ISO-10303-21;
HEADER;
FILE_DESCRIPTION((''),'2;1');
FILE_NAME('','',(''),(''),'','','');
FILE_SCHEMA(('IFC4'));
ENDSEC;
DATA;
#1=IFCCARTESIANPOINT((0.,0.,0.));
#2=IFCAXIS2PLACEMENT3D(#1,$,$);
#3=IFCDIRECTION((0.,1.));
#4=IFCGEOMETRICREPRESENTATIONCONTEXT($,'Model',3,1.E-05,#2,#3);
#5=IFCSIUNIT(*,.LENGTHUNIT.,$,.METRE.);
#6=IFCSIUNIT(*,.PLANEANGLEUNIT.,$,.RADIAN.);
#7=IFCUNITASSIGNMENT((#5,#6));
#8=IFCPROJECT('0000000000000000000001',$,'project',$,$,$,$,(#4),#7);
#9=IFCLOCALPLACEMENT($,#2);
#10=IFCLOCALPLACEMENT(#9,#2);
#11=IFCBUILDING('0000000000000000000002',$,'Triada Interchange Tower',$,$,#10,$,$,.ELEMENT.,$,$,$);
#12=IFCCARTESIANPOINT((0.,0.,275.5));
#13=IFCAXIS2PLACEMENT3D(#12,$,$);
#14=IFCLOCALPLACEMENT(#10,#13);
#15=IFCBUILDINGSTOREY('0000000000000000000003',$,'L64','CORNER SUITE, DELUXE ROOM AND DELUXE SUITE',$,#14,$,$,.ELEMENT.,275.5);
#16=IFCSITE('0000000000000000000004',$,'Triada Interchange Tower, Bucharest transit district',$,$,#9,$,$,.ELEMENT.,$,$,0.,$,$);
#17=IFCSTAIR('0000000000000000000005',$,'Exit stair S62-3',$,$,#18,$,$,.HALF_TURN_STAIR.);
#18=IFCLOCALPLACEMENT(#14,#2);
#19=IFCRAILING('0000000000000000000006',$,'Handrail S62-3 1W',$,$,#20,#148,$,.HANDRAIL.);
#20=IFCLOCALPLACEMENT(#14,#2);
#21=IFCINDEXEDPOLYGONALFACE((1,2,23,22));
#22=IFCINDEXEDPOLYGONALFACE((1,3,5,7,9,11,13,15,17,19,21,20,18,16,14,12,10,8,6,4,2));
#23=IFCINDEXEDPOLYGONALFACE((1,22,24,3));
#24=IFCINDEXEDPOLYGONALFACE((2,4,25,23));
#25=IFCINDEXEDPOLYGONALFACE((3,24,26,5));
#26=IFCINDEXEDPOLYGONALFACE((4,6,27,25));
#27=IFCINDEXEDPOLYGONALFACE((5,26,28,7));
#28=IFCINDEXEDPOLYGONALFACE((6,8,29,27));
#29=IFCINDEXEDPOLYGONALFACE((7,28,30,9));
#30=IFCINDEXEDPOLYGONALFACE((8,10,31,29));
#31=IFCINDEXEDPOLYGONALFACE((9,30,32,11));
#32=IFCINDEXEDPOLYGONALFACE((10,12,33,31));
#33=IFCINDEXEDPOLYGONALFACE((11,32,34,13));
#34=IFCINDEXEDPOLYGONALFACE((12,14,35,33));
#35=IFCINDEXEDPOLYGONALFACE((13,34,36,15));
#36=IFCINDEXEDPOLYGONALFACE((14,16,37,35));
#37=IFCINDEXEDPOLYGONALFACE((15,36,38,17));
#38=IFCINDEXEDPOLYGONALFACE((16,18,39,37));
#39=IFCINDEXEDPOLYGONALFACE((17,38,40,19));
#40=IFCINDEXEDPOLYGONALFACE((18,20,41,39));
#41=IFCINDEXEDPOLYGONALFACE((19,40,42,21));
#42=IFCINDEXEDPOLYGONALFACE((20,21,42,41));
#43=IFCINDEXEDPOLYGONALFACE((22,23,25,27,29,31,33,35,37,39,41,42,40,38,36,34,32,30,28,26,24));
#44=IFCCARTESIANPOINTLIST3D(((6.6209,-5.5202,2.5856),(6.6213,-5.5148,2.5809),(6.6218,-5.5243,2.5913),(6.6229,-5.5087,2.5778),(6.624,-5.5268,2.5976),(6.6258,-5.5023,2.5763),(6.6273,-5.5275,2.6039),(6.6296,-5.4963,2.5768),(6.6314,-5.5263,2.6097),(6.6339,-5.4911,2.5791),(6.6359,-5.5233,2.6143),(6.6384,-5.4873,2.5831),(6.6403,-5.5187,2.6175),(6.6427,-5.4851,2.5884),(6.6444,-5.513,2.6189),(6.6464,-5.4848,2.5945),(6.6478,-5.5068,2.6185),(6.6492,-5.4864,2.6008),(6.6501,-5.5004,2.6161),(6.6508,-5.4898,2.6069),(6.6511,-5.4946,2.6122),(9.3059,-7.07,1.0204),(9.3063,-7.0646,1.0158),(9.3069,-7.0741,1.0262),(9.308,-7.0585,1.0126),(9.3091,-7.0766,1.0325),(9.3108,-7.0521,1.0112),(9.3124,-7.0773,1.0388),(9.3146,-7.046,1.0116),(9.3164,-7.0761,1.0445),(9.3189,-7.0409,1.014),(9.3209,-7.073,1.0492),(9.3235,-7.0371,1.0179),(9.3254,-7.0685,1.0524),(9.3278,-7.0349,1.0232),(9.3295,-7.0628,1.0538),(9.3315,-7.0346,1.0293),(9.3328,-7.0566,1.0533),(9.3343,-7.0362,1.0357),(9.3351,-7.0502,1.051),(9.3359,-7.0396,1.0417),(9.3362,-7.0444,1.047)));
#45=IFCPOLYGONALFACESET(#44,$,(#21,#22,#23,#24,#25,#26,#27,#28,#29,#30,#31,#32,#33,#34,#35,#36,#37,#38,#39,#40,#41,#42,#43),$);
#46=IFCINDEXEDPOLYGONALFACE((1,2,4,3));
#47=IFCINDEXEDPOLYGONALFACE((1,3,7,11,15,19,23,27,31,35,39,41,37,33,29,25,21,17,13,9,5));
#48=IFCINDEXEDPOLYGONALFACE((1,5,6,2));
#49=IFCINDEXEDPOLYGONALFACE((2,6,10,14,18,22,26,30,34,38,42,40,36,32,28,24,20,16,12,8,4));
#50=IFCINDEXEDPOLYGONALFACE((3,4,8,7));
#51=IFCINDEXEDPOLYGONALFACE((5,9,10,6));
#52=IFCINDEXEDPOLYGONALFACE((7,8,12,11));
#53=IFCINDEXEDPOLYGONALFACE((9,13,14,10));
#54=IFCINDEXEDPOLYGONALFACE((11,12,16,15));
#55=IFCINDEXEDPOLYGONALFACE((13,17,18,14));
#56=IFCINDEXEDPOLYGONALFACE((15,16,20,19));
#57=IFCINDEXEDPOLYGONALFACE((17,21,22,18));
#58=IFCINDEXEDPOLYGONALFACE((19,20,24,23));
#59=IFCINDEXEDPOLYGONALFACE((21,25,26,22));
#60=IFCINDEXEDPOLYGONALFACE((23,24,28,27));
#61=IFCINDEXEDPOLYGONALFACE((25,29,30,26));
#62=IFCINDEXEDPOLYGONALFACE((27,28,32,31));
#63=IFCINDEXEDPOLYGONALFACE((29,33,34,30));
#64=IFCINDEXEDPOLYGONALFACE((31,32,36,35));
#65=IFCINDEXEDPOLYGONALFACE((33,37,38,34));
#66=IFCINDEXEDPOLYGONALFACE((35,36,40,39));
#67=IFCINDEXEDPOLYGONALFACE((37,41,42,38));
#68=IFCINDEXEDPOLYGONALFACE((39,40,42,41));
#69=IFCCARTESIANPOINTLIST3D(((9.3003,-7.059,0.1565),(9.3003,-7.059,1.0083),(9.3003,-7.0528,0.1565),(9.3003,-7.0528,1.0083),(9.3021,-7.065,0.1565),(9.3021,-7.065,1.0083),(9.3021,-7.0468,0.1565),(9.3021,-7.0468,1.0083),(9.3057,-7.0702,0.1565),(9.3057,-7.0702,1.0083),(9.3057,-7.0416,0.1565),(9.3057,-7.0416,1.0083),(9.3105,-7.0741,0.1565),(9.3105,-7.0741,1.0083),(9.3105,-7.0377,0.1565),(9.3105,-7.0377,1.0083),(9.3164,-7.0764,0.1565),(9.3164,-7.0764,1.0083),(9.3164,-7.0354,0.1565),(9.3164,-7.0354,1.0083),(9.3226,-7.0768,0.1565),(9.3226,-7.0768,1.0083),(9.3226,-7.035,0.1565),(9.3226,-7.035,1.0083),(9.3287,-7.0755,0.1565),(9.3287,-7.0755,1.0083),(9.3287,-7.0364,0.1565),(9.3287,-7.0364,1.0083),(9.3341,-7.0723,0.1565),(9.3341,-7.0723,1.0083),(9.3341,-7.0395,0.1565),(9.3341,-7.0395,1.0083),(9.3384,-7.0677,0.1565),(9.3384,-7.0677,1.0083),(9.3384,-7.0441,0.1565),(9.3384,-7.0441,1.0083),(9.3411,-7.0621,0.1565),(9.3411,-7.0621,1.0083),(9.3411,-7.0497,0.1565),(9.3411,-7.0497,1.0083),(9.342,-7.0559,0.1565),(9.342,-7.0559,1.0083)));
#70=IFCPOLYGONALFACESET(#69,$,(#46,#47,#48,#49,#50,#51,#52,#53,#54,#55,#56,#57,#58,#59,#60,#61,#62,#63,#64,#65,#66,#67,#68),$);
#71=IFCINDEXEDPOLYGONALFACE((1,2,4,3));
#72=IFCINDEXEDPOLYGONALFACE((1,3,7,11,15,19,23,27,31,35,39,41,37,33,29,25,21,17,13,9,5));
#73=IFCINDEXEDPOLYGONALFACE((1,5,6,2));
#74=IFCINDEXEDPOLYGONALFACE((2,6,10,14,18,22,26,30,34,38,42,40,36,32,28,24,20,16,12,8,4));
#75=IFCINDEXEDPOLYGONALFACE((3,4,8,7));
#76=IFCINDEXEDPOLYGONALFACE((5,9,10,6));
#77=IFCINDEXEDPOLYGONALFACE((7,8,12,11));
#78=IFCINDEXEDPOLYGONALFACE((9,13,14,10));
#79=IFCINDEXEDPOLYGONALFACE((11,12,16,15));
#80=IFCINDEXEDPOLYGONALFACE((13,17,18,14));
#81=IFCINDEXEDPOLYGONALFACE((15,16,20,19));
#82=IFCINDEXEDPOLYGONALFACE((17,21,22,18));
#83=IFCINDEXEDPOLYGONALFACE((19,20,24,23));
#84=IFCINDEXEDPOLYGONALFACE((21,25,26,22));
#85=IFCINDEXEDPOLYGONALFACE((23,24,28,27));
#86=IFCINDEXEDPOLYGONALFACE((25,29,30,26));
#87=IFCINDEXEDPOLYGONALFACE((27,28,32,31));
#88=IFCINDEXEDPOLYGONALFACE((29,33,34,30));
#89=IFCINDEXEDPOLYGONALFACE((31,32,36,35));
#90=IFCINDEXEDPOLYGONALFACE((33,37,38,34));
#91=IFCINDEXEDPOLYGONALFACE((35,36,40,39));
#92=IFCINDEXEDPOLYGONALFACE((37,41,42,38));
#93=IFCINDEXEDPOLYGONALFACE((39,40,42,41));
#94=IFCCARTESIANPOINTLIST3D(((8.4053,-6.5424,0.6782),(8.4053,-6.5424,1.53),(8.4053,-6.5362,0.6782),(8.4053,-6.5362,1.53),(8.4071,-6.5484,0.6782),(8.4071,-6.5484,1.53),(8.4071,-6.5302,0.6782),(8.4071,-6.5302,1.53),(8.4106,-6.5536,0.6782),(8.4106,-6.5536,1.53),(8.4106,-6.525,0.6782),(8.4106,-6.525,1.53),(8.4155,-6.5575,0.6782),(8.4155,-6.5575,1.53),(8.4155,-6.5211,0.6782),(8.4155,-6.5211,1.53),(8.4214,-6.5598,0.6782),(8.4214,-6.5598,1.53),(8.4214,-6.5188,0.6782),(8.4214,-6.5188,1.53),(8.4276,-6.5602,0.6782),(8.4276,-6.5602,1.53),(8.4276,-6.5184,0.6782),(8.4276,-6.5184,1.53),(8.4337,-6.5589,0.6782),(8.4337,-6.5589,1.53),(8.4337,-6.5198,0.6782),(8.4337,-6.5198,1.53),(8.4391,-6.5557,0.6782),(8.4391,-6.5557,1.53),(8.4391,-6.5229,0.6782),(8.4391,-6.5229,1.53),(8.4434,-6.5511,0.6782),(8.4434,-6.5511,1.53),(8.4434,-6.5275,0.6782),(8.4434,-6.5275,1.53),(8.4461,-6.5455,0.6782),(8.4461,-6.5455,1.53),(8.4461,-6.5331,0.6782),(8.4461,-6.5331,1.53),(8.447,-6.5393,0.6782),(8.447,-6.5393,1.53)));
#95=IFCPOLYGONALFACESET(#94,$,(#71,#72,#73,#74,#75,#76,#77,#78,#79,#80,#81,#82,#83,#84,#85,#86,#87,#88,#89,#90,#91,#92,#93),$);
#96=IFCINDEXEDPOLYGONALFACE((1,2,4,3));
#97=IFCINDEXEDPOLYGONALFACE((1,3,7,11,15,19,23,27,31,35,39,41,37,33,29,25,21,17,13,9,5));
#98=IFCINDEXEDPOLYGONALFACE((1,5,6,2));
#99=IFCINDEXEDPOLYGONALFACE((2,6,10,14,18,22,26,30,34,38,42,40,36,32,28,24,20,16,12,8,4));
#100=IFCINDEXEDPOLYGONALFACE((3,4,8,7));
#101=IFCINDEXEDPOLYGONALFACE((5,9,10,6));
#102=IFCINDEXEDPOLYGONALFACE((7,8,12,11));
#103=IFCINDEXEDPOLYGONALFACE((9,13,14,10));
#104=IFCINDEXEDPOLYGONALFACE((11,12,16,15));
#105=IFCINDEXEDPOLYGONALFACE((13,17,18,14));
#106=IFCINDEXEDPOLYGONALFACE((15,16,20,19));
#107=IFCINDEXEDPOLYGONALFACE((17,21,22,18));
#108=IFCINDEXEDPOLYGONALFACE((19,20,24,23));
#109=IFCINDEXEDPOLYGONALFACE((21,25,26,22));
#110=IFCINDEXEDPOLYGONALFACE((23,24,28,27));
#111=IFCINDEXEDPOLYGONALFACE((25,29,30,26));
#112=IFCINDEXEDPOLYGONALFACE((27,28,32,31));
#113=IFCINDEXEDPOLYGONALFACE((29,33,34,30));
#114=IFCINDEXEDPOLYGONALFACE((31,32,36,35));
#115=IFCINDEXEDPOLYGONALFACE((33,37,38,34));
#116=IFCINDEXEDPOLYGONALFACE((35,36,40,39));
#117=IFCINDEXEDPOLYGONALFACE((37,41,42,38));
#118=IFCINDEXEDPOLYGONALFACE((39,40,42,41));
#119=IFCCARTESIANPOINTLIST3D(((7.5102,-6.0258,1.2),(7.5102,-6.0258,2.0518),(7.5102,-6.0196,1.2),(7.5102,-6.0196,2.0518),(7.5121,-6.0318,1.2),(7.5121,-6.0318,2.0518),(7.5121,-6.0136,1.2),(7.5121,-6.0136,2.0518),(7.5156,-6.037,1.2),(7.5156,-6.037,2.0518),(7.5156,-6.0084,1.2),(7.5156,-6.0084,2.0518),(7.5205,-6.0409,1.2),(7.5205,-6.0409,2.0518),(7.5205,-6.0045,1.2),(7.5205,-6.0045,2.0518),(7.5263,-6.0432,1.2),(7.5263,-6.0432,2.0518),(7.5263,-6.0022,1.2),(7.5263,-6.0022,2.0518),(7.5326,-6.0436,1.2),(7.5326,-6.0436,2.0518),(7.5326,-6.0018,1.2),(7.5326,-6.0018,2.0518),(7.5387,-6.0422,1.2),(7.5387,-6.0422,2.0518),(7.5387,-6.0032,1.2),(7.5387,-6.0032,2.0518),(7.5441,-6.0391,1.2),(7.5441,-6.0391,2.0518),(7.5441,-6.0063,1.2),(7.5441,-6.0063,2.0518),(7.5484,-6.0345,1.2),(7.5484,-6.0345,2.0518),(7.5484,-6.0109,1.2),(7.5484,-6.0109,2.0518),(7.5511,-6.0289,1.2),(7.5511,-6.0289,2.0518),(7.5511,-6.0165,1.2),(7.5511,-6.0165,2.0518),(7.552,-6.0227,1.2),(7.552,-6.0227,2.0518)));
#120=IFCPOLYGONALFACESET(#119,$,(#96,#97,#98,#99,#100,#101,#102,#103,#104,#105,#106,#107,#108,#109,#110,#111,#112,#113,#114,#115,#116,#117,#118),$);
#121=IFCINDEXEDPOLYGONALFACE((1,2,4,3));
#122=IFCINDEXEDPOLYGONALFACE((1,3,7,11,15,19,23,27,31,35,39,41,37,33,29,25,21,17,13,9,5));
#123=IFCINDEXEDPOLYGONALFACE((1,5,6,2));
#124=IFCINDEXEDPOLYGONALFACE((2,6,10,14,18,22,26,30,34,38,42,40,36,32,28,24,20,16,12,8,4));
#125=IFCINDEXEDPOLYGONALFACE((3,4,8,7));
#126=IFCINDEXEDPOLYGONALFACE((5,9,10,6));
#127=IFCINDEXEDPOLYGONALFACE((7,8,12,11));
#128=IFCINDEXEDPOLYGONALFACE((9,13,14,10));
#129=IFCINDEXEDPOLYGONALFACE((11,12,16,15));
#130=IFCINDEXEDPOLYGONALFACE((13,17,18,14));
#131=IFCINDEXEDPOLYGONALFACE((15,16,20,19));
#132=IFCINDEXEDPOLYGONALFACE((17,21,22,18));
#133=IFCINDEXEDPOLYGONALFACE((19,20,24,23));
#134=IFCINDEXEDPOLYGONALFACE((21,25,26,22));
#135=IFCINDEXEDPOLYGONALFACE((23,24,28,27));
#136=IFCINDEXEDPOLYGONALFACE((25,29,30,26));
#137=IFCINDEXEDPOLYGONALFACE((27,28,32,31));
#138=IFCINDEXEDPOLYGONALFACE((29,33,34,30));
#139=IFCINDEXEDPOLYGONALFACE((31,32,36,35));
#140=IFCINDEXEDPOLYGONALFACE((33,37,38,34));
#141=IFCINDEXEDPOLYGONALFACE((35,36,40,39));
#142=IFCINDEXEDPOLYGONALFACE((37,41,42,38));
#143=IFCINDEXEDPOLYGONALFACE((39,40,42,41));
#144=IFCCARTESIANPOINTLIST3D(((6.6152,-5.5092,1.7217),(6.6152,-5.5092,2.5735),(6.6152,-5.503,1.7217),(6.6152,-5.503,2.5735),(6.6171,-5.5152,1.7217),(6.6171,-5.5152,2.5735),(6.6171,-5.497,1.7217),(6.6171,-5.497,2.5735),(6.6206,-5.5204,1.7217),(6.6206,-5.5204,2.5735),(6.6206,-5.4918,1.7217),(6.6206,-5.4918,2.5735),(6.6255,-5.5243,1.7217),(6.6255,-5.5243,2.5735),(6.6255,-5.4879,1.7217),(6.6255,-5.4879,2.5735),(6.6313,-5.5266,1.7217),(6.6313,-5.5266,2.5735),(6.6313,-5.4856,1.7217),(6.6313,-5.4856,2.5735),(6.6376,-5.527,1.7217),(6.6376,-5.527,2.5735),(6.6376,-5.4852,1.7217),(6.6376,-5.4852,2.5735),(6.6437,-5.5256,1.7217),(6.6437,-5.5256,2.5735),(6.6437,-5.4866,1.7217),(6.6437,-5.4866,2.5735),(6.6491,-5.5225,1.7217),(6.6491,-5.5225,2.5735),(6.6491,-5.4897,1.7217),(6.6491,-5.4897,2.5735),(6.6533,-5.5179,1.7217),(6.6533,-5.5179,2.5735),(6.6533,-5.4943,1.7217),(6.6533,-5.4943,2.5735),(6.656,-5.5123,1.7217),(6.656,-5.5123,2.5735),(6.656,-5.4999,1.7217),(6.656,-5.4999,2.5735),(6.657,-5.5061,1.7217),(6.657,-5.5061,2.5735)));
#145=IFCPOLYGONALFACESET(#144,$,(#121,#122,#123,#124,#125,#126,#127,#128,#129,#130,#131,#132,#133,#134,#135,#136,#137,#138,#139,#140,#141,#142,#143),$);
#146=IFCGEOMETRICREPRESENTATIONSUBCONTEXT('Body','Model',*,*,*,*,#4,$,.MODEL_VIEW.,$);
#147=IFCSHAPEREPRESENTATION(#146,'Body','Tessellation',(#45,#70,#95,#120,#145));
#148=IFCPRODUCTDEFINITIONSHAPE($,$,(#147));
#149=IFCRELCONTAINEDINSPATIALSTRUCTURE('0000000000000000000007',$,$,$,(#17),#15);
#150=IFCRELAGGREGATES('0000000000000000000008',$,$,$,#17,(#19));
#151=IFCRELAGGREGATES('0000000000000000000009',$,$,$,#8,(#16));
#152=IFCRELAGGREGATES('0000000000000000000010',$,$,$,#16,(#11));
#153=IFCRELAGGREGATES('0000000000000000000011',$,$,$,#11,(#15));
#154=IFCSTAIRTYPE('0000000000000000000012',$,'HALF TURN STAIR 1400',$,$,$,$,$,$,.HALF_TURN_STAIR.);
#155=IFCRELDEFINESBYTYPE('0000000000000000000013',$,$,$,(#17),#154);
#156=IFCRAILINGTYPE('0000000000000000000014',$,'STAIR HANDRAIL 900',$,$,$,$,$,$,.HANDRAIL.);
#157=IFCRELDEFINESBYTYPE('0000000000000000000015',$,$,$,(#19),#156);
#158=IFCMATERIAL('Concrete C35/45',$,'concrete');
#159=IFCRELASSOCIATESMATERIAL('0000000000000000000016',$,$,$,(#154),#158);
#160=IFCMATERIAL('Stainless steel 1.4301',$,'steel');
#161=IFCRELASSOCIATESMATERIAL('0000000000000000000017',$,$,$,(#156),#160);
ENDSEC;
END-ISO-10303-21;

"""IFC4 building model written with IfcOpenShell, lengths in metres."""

from ifc_helpers import new_model, si_unit, direction, frame, origin, origin_2d, place, context, subcontext, project, spatial, circle, extrude, material, type_object, element, aggregate, save


model = new_model("IFC4")

# Units and contexts
model_context = context("Model", 3, precision=1e-05, world=origin(), true_north=direction((0.0, 1.0)))
body_context = subcontext(model_context, "Body", "Model", "MODEL_VIEW")
ifc_project = project(units=[si_unit("LENGTHUNIT", "METRE"), si_unit("PLANEANGLEUNIT", "RADIAN")], contexts=[model_context])

# Site, building, storey
site_placement = place(None, origin())
site = spatial("IfcSite", under=ifc_project, at=site_placement, Name="Triada Interchange Tower, Bucharest transit district", CompositionType="ELEMENT", RefElevation=0.0)
building_placement = place(site_placement, origin())
building = spatial("IfcBuilding", under=site, at=building_placement, Name="Triada Interchange Tower", CompositionType="ELEMENT")
storey_placement = place(building_placement, frame((0.0, 0.0, 275.5)))
storey = spatial("IfcBuildingStorey", under=building, at=storey_placement, Name="L64", Description="CORNER SUITE, DELUXE ROOM AND DELUXE SUITE", CompositionType="ELEMENT", Elevation=275.5)

# Stair, railing
ifc_material_1 = material(Name="Concrete C35/45", Category="concrete")
stair_type = type_object("IfcStairType", Name="HALF TURN STAIR 1400", PredefinedType="HALF_TURN_STAIR", material=ifc_material_1)
stair_placement = place(storey_placement, origin())
stair = element("IfcStair", 1, at=stair_placement, inside=storey, type_object=stair_type, Name="Exit stair S62-3", PredefinedType="HALF_TURN_STAIR")
ifc_material_2 = material(Name="Stainless steel 1.4301", Category="steel")
railing_type = type_object("IfcRailingType", Name="STAIR HANDRAIL 900", PredefinedType="HANDRAIL", material=ifc_material_2)
railing_1_placement = place(storey_placement, frame((9.321, -7.0559, 0.1565)))
railing_1 = element("IfcRailing", 2, at=railing_1_placement, type_object=railing_type, Name="Handrail S62-3 1W", PredefinedType="HANDRAIL", context=body_context, shape_type="SweptSolid", body=[
    extrude(circle(Radius=0.0239, at=origin_2d()), frame((0.0, 0.0, 0.876), z_axis=(-0.773139, 0.446253, 0.450682), x_axis=(-0.4999, -0.866083, 0.0)), (0.0, 0.0, 1.0), 3.4729),
    extrude(circle(Radius=0.021, at=origin_2d()), origin(), (0.0, 0.0, 1.0), 0.8518),
    extrude(circle(Radius=0.021, at=origin_2d()), frame((-0.895, 0.5166, 0.5217)), (0.0, 0.0, 1.0), 0.8518),
    extrude(circle(Radius=0.021, at=origin_2d()), frame((-1.79, 1.0332, 1.0435)), (0.0, 0.0, 1.0), 0.8518),
    extrude(circle(Radius=0.021, at=origin_2d()), frame((-2.6851, 1.5498, 1.5652)), (0.0, 0.0, 1.0), 0.8518),
])
aggregate(stair, [railing_1])

save(model, "model.ifc")
